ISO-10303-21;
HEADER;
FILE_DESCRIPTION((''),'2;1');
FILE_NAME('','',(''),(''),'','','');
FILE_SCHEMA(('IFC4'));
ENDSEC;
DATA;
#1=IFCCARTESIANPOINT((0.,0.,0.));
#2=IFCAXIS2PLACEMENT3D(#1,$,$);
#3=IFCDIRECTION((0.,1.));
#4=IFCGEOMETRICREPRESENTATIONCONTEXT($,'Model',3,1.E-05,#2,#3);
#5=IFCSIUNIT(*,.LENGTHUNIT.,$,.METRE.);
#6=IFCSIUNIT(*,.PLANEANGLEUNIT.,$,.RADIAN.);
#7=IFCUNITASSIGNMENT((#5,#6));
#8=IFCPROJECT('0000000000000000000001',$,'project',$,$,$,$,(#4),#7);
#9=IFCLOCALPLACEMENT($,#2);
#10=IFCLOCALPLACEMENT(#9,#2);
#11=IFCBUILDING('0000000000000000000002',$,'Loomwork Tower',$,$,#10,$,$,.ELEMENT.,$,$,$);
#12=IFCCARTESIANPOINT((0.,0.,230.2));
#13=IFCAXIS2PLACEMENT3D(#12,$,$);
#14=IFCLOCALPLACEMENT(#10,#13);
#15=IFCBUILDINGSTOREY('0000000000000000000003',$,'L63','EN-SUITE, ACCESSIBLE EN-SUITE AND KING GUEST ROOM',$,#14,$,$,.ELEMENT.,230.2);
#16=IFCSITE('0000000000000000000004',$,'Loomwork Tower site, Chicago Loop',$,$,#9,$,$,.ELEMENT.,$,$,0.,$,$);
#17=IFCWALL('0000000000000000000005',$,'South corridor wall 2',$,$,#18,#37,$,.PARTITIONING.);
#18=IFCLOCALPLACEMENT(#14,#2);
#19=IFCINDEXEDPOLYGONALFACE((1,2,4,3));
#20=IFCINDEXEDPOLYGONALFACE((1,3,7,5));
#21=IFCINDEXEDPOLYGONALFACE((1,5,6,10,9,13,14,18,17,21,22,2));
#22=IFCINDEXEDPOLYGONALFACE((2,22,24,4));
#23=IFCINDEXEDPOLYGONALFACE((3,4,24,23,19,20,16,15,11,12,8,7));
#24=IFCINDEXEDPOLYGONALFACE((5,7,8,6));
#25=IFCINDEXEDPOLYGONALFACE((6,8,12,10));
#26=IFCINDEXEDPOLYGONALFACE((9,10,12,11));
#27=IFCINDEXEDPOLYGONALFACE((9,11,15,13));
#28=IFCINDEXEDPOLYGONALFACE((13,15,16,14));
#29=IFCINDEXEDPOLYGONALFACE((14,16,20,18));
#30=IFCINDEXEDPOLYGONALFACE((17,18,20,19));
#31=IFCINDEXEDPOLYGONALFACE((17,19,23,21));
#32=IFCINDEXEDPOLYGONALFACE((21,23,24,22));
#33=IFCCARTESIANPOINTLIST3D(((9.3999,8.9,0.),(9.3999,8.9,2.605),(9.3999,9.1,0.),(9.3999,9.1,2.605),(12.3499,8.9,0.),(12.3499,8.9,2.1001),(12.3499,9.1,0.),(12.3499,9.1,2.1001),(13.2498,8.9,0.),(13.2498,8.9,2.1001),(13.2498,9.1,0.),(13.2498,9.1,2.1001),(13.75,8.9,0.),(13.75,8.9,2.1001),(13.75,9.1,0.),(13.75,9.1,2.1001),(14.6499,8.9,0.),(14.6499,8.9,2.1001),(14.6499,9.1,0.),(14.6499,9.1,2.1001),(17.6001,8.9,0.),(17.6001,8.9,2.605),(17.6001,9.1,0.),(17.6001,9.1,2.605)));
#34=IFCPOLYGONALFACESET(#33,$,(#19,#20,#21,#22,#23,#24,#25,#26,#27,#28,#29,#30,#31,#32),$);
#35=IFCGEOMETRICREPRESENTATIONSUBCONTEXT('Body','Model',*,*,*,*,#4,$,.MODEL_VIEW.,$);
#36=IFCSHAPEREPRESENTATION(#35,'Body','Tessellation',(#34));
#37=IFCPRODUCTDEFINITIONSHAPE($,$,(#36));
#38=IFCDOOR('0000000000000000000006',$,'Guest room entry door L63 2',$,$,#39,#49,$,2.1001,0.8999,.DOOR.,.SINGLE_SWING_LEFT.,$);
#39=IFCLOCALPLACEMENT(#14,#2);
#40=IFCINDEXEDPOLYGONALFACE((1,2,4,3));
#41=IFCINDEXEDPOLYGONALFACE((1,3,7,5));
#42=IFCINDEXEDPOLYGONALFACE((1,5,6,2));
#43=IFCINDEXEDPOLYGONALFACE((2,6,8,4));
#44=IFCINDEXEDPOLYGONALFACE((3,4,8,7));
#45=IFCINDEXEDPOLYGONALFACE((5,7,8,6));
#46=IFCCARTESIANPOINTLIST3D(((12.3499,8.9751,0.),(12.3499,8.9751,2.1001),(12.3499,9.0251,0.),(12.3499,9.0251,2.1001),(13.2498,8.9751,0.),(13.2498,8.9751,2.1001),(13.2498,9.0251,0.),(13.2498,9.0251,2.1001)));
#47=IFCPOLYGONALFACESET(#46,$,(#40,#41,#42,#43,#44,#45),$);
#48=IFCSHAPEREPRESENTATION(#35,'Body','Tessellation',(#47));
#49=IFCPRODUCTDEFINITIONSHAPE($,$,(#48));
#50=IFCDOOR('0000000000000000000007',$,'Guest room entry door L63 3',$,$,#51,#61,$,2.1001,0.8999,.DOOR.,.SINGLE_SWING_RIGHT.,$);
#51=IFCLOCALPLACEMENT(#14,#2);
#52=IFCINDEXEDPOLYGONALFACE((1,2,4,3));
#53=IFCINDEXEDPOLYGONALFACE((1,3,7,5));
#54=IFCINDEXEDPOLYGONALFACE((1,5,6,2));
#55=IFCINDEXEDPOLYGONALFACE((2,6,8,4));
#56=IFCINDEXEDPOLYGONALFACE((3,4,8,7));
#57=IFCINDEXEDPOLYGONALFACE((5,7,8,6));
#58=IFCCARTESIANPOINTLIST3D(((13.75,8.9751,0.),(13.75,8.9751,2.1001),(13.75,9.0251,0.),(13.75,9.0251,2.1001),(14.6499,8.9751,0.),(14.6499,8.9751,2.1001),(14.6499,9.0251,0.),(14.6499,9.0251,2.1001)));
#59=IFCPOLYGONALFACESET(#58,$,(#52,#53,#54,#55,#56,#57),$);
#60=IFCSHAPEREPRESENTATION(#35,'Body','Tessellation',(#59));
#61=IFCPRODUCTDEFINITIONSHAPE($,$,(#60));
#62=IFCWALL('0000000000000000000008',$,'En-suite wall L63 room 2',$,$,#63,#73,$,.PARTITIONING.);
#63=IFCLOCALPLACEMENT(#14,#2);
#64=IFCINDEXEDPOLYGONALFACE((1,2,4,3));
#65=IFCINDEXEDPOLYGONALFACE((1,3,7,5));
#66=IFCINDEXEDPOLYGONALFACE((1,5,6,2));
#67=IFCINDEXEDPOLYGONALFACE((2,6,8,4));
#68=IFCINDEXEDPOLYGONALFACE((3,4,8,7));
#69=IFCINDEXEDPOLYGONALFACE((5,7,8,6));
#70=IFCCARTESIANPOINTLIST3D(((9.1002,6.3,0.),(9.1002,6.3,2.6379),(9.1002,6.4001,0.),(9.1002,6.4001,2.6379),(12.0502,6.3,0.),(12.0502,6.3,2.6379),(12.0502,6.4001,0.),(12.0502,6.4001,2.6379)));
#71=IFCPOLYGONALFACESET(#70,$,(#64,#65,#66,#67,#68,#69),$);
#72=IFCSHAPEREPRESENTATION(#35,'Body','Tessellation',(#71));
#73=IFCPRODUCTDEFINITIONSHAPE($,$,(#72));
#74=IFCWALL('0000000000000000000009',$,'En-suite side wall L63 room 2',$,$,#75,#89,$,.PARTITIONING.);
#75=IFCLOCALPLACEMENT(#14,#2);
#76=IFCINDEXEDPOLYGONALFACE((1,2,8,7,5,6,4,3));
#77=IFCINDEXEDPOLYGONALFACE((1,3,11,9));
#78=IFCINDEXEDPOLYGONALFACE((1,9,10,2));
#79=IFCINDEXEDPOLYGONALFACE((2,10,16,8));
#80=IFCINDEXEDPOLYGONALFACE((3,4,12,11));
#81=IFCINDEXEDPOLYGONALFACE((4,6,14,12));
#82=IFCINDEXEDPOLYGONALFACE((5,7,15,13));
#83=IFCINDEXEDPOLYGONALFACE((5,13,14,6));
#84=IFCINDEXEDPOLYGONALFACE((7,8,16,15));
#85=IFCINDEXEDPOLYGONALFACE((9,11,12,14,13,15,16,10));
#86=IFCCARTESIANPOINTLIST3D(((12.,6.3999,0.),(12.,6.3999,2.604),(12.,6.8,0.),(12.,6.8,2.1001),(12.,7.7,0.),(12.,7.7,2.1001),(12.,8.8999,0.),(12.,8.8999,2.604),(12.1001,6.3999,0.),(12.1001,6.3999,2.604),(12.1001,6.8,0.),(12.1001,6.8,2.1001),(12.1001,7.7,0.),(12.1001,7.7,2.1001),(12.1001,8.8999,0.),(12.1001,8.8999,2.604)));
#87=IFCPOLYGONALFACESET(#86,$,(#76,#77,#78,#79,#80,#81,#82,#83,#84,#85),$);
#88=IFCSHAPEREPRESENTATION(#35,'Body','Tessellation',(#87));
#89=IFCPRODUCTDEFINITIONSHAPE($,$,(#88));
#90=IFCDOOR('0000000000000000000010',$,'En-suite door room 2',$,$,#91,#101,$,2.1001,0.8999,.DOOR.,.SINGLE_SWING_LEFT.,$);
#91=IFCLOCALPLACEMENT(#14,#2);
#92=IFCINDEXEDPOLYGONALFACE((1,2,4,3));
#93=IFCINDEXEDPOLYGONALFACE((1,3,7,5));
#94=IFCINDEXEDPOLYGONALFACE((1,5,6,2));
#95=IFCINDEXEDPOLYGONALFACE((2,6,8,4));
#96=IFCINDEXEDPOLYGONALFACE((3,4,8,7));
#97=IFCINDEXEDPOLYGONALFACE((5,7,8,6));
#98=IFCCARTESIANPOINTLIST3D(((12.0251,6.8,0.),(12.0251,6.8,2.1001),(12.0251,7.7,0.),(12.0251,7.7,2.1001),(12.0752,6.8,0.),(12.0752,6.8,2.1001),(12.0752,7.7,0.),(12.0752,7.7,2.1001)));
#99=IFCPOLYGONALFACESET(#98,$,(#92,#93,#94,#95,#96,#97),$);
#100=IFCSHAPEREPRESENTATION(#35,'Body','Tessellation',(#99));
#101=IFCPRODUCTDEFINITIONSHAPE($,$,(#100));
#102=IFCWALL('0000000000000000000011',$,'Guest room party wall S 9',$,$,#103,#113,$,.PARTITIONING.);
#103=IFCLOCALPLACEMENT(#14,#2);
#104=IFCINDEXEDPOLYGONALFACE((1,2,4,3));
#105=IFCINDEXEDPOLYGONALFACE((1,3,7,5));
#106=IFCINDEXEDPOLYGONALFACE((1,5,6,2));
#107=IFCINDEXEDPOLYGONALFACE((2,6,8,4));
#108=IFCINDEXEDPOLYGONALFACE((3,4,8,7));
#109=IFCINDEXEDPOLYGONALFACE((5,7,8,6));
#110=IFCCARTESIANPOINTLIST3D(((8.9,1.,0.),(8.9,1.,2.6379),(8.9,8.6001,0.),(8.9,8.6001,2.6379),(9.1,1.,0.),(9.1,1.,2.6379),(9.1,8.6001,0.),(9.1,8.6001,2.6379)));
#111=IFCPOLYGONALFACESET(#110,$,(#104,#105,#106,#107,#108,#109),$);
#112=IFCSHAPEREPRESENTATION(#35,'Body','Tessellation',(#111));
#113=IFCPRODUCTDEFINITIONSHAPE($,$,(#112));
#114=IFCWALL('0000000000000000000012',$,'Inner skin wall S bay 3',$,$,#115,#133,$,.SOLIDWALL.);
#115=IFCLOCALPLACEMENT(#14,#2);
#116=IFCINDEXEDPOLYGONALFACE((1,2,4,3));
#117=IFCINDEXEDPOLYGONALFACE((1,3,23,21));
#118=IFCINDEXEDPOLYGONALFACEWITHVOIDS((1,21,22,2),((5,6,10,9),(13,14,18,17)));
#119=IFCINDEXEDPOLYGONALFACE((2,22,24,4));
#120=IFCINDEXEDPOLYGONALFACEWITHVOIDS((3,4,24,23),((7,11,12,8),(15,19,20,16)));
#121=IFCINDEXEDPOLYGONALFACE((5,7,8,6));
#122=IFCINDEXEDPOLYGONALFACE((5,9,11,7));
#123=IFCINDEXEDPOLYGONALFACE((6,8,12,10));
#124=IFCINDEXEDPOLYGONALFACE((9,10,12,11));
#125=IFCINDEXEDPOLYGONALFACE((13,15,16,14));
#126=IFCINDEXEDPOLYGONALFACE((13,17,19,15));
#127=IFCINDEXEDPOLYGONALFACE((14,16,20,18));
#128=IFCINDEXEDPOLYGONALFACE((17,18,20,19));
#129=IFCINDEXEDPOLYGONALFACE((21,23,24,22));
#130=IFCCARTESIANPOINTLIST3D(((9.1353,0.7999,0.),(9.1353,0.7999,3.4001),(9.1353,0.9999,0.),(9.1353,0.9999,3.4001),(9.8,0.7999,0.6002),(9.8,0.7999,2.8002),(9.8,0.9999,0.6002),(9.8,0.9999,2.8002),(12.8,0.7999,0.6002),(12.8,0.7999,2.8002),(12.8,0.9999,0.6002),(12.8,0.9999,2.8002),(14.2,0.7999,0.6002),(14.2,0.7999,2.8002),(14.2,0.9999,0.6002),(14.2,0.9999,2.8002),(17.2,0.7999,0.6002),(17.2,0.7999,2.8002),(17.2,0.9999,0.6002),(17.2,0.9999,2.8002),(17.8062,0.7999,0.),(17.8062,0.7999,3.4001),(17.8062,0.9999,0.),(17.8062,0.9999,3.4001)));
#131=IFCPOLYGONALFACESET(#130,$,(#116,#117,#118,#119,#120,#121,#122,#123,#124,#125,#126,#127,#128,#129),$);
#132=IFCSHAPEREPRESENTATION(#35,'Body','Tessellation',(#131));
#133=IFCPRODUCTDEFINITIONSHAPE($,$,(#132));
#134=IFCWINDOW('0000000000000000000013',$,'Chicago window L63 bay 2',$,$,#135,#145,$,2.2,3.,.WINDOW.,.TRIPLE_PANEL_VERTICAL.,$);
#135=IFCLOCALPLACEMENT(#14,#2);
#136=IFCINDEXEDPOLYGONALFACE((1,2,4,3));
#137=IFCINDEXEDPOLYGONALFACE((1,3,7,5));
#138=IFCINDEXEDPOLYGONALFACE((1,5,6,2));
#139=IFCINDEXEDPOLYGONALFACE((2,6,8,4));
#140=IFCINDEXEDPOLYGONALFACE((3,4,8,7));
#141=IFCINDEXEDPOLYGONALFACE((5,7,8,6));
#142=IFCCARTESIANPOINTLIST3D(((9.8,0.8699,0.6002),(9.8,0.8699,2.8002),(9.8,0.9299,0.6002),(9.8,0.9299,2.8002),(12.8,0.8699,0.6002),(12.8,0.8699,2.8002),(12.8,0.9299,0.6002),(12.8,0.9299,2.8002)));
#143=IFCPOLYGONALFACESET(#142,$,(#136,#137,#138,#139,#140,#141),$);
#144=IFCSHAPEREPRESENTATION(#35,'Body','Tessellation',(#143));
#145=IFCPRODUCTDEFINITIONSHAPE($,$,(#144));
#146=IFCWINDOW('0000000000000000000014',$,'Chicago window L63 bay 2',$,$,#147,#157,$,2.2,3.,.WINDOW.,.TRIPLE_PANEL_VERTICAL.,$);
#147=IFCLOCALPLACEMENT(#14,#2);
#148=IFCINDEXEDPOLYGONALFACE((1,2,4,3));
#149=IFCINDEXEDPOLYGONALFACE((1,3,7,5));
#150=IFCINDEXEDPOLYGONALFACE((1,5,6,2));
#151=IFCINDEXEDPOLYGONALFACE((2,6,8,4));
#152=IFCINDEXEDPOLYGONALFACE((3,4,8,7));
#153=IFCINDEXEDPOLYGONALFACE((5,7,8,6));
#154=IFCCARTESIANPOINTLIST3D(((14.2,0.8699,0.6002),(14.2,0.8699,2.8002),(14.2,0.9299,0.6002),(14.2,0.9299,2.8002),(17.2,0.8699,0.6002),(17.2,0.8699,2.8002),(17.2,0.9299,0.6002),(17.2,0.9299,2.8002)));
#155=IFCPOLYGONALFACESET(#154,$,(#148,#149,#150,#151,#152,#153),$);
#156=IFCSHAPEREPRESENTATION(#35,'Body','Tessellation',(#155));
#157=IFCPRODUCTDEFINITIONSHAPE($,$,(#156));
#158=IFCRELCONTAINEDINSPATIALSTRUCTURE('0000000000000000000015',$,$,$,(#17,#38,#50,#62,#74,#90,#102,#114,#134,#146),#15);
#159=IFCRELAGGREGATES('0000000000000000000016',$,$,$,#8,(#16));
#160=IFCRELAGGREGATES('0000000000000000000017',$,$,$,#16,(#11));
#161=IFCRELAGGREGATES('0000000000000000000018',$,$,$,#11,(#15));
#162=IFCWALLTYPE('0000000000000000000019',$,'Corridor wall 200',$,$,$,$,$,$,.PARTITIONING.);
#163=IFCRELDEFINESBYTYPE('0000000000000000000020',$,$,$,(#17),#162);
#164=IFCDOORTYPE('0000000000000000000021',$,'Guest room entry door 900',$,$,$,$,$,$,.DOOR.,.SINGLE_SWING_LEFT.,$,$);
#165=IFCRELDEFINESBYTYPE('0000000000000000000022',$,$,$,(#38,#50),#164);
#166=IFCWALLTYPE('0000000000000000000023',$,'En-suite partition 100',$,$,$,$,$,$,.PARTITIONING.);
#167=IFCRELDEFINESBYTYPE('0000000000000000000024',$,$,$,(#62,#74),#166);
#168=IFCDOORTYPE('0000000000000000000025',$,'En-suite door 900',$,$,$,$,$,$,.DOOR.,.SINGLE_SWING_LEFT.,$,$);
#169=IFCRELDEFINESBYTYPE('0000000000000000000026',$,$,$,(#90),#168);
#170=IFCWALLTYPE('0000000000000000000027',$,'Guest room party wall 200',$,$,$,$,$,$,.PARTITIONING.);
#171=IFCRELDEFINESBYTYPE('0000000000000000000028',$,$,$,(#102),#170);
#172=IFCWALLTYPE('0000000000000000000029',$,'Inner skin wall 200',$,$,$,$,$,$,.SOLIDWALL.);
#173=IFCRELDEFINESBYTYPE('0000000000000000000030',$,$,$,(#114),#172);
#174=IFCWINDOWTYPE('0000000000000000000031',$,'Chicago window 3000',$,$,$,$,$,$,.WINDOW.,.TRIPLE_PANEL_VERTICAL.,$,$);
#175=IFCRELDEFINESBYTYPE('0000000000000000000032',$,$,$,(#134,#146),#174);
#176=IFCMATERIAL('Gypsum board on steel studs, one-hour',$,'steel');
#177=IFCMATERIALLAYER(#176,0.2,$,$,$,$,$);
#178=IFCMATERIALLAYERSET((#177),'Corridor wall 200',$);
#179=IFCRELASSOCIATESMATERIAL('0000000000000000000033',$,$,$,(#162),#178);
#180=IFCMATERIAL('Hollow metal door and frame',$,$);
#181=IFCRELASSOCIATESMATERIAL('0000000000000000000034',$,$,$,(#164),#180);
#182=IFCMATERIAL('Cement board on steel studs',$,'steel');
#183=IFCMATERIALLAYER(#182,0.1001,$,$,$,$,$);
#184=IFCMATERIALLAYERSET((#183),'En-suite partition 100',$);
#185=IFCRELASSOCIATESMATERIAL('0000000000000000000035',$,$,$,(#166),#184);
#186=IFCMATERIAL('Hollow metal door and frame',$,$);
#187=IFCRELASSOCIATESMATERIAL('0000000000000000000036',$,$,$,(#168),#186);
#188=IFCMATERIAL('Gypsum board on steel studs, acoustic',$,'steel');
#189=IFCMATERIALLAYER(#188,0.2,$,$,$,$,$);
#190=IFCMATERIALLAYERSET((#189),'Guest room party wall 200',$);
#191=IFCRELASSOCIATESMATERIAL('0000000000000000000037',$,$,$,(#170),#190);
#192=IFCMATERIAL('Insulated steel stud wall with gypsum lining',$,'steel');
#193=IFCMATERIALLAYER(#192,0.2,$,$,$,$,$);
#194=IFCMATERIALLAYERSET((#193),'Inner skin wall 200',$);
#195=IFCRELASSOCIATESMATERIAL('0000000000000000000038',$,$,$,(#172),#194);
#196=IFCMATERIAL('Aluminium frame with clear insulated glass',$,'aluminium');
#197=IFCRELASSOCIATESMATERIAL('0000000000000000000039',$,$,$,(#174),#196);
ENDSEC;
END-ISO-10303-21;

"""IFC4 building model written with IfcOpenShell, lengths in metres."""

from ifc_helpers import new_model, si_unit, direction, frame, frame_2d, origin, place, context, subcontext, project, spatial, rectangle, extrude, material, layer, layer_set, type_object, element, fill, save


model = new_model("IFC4")

# Units and contexts
model_context = context("Model", 3, precision=1e-05, world=origin(), true_north=direction((0.0, 1.0)))
body_context = subcontext(model_context, "Body", "Model", "MODEL_VIEW")
ifc_project = project(units=[si_unit("LENGTHUNIT", "METRE"), si_unit("PLANEANGLEUNIT", "RADIAN")], contexts=[model_context])

# Site, building, storey
site_placement = place(None, origin())
site = spatial("IfcSite", under=ifc_project, at=site_placement, Name="Loomwork Tower site, Chicago Loop", CompositionType="ELEMENT", RefElevation=0.0)
building_placement = place(site_placement, origin())
building = spatial("IfcBuilding", under=site, at=building_placement, Name="Loomwork Tower", CompositionType="ELEMENT")
storey_placement = place(building_placement, frame((0.0, 0.0, 230.2)))
storey = spatial("IfcBuildingStorey", under=building, at=storey_placement, Name="L63", Description="EN-SUITE, ACCESSIBLE EN-SUITE AND KING GUEST ROOM", CompositionType="ELEMENT", Elevation=230.2)

# Wall, openings, doors
ifc_material_1 = material(Name="Gypsum board on steel studs, one-hour", Category="steel")
ifc_layer_1 = layer(ifc_material_1, 0.2)
ifc_layer_set_1 = layer_set([ifc_layer_1], Name="Corridor wall 200")
wall_type_1 = type_object("IfcWallType", Name="Corridor wall 200", PredefinedType="PARTITIONING", material=ifc_layer_set_1)
wall_1_placement = place(storey_placement, frame((9.3999, 9.0, 0.0), z_axis=(0.0, 0.0, 1.0), x_axis=(1.0, 0.0, 0.0)))
wall_1 = element("IfcWall", 1, at=wall_1_placement, inside=storey, type_object=wall_type_1, Name="South corridor wall 2", PredefinedType="PARTITIONING", context=body_context, shape_type="SweptSolid", body=[
    extrude(rectangle(XDim=8.2002, YDim=0.2, at=frame_2d((4.1001, 0.0))), origin(), (0.0, 0.0, 1.0), 2.605),
])
opening_1_placement = place(wall_1_placement, frame((2.95, 0.0, 0.0)))
opening_1 = element("IfcOpeningElement", 2, at=opening_1_placement, cuts=wall_1, PredefinedType="OPENING", context=body_context, shape_type="SweptSolid", body=[
    extrude(rectangle(XDim=0.8999, YDim=2.1001, at=frame_2d((0.45, 1.05))), frame((0.0, 0.1099, 0.0), z_axis=(0.0, -1.0, 0.0), x_axis=(1.0, 0.0, 0.0)), (0.0, 0.0, 1.0), 0.22),
])
opening_2_placement = place(wall_1_placement, frame((4.3501, 0.0, 0.0)))
opening_2 = element("IfcOpeningElement", 3, at=opening_2_placement, cuts=wall_1, PredefinedType="OPENING", context=body_context, shape_type="SweptSolid", body=[
    extrude(rectangle(XDim=0.8999, YDim=2.1001, at=frame_2d((0.45, 1.05))), frame((0.0, 0.1099, 0.0), z_axis=(0.0, -1.0, 0.0), x_axis=(1.0, 0.0, 0.0)), (0.0, 0.0, 1.0), 0.22),
])
ifc_material_2 = material(Name="Hollow metal door and frame")
door_type_1 = type_object("IfcDoorType", Name="Guest room entry door 900", OperationType="SINGLE_SWING_LEFT", PredefinedType="DOOR", material=ifc_material_2)
door_1_placement = place(opening_1_placement, frame((0.8999, 0.0, 0.0), z_axis=(0.0, 0.0, 1.0), x_axis=(-1.0, 0.0, 0.0)))
door_1 = element("IfcDoor", 4, at=door_1_placement, inside=storey, type_object=door_type_1, Name="Guest room entry door L63 2", OperationType="SINGLE_SWING_LEFT", OverallHeight=2.1001, OverallWidth=0.8999, PredefinedType="DOOR", context=body_context, shape_type="SweptSolid", body=[
    extrude(rectangle(XDim=0.8999, YDim=2.1001, at=frame_2d((0.45, 1.05))), frame((0.0, 0.0249, 0.0), z_axis=(0.0, -1.0, 0.0), x_axis=(1.0, 0.0, 0.0)), (0.0, 0.0, 1.0), 0.05),
])
fill(opening_1, door_1)
door_2_placement = place(opening_2_placement, frame((0.8999, 0.0, 0.0), z_axis=(0.0, 0.0, 1.0), x_axis=(-1.0, 0.0, 0.0)))
door_2 = element("IfcDoor", 5, at=door_2_placement, inside=storey, type_object=door_type_1, Name="Guest room entry door L63 3", OperationType="SINGLE_SWING_RIGHT", OverallHeight=2.1001, OverallWidth=0.8999, PredefinedType="DOOR", context=body_context, shape_type="SweptSolid", body=[
    extrude(rectangle(XDim=0.8999, YDim=2.1001, at=frame_2d((0.45, 1.05))), frame((0.0, 0.0249, 0.0), z_axis=(0.0, -1.0, 0.0), x_axis=(1.0, 0.0, 0.0)), (0.0, 0.0, 1.0), 0.05),
])
fill(opening_2, door_2)

# Wall
ifc_material_3 = material(Name="Cement board on steel studs", Category="steel")
ifc_layer_2 = layer(ifc_material_3, 0.1001)
ifc_layer_set_2 = layer_set([ifc_layer_2], Name="En-suite partition 100")
wall_type_2 = type_object("IfcWallType", Name="En-suite partition 100", PredefinedType="PARTITIONING", material=ifc_layer_set_2)
wall_2_placement = place(storey_placement, frame((9.1001, 6.3501, 0.0), z_axis=(0.0, 0.0, 1.0), x_axis=(1.0, 0.0, 0.0)))
element("IfcWall", 6, at=wall_2_placement, inside=storey, type_object=wall_type_2, Name="En-suite wall L63 room 2", PredefinedType="PARTITIONING", context=body_context, shape_type="SweptSolid", body=[
    extrude(rectangle(XDim=2.95, YDim=0.1001, at=frame_2d((1.4751, 0.0))), origin(), (0.0, 0.0, 1.0), 2.6379),
])

# Wall, opening, door
wall_3_placement = place(storey_placement, frame((12.05, 8.8999, 0.0), z_axis=(0.0, 0.0, 1.0), x_axis=(0.0, -1.0, 0.0)))
wall_3 = element("IfcWall", 7, at=wall_3_placement, inside=storey, type_object=wall_type_2, Name="En-suite side wall L63 room 2", PredefinedType="PARTITIONING", context=body_context, shape_type="SweptSolid", body=[
    extrude(rectangle(XDim=2.5, YDim=0.1001, at=frame_2d((1.25, 0.0))), origin(), (0.0, 0.0, 1.0), 2.604),
])
opening_3_placement = place(wall_3_placement, frame((1.2, 0.0, 0.0)))
opening_3 = element("IfcOpeningElement", 8, at=opening_3_placement, cuts=wall_3, PredefinedType="OPENING", context=body_context, shape_type="SweptSolid", body=[
    extrude(rectangle(XDim=0.8999, YDim=2.1001, at=frame_2d((0.45, 1.05))), frame((0.0, 0.0601, 0.0), z_axis=(0.0, -1.0, 0.0), x_axis=(1.0, 0.0, 0.0)), (0.0, 0.0, 1.0), 0.1201),
])
ifc_material_4 = material(Name="Hollow metal door and frame")
door_type_2 = type_object("IfcDoorType", Name="En-suite door 900", OperationType="SINGLE_SWING_LEFT", PredefinedType="DOOR", material=ifc_material_4)
door_3_placement = place(opening_3_placement, frame((0.8999, 0.0, 0.0), z_axis=(0.0, 0.0, 1.0), x_axis=(-1.0, 0.0, 0.0)))
door_3 = element("IfcDoor", 9, at=door_3_placement, inside=storey, type_object=door_type_2, Name="En-suite door room 2", OperationType="SINGLE_SWING_LEFT", OverallHeight=2.1001, OverallWidth=0.8999, PredefinedType="DOOR", context=body_context, shape_type="SweptSolid", body=[
    extrude(rectangle(XDim=0.8999, YDim=2.1001, at=frame_2d((0.45, 1.05))), frame((0.0, 0.0249, 0.0), z_axis=(0.0, -1.0, 0.0), x_axis=(1.0, 0.0, 0.0)), (0.0, 0.0, 1.0), 0.05),
])
fill(opening_3, door_3)

# Wall
ifc_material_5 = material(Name="Gypsum board on steel studs, acoustic", Category="steel")
ifc_layer_3 = layer(ifc_material_5, 0.2)
ifc_layer_set_3 = layer_set([ifc_layer_3], Name="Guest room party wall 200")
wall_type_3 = type_object("IfcWallType", Name="Guest room party wall 200", PredefinedType="PARTITIONING", material=ifc_layer_set_3)
wall_4_placement = place(storey_placement, frame((9.0, 8.6001, 0.0), z_axis=(0.0, 0.0, 1.0), x_axis=(0.0, -1.0, 0.0)))
element("IfcWall", 10, at=wall_4_placement, inside=storey, type_object=wall_type_3, Name="Guest room party wall S 9", PredefinedType="PARTITIONING", context=body_context, shape_type="SweptSolid", body=[
    extrude(rectangle(XDim=7.6001, YDim=0.2, at=frame_2d((3.8, 0.0))), origin(), (0.0, 0.0, 1.0), 2.6379),
])

# Wall, openings, windows
ifc_material_6 = material(Name="Insulated steel stud wall with gypsum lining", Category="steel")
ifc_layer_4 = layer(ifc_material_6, 0.2)
ifc_layer_set_4 = layer_set([ifc_layer_4], Name="Inner skin wall 200")
wall_type_4 = type_object("IfcWallType", Name="Inner skin wall 200", PredefinedType="SOLIDWALL", material=ifc_layer_set_4)
wall_5_placement = place(storey_placement, frame((9.1353, 0.8999, 0.0), z_axis=(0.0, 0.0, 1.0), x_axis=(1.0, 0.0, 0.0)))
wall_5 = element("IfcWall", 11, at=wall_5_placement, inside=storey, type_object=wall_type_4, Name="Inner skin wall S bay 3", PredefinedType="SOLIDWALL", context=body_context, shape_type="SweptSolid", body=[
    extrude(rectangle(XDim=8.6709, YDim=0.2, at=frame_2d((4.3354, 0.0))), origin(), (0.0, 0.0, 1.0), 3.4001),
])
opening_4_placement = place(wall_5_placement, frame((0.6648, 0.0, 0.6001)))
opening_4 = element("IfcOpeningElement", 12, at=opening_4_placement, cuts=wall_5, PredefinedType="OPENING", context=body_context, shape_type="SweptSolid", body=[
    extrude(rectangle(XDim=3.0, YDim=2.2, at=frame_2d((1.5, 1.1001))), frame((0.0, 0.1099, 0.0), z_axis=(0.0, -1.0, 0.0), x_axis=(1.0, 0.0, 0.0)), (0.0, 0.0, 1.0), 0.22),
])
opening_5_placement = place(wall_5_placement, frame((5.0647, 0.0, 0.6001)))
opening_5 = element("IfcOpeningElement", 13, at=opening_5_placement, cuts=wall_5, PredefinedType="OPENING", context=body_context, shape_type="SweptSolid", body=[
    extrude(rectangle(XDim=3.0, YDim=2.2, at=frame_2d((1.5, 1.1001))), frame((0.0, 0.1099, 0.0), z_axis=(0.0, -1.0, 0.0), x_axis=(1.0, 0.0, 0.0)), (0.0, 0.0, 1.0), 0.22),
])
ifc_material_7 = material(Name="Aluminium frame with clear insulated glass", Category="aluminium")
window_type = type_object("IfcWindowType", Name="Chicago window 3000", PartitioningType="TRIPLE_PANEL_VERTICAL", PredefinedType="WINDOW", material=ifc_material_7)
window_1_placement = place(opening_4_placement, origin())
window_1 = element("IfcWindow", 14, at=window_1_placement, inside=storey, type_object=window_type, Name="Chicago window L63 bay 2", OverallHeight=2.2, OverallWidth=3.0, PartitioningType="TRIPLE_PANEL_VERTICAL", PredefinedType="WINDOW", context=body_context, shape_type="SweptSolid", body=[
    extrude(rectangle(XDim=3.0, YDim=2.2, at=frame_2d((1.5, 1.1001))), frame((0.0, 0.03, 0.0), z_axis=(0.0, -1.0, 0.0), x_axis=(1.0, 0.0, 0.0)), (0.0, 0.0, 1.0), 0.0601),
])
fill(opening_4, window_1)
window_2_placement = place(opening_5_placement, origin())
window_2 = element("IfcWindow", 15, at=window_2_placement, inside=storey, type_object=window_type, Name="Chicago window L63 bay 2", OverallHeight=2.2, OverallWidth=3.0, PartitioningType="TRIPLE_PANEL_VERTICAL", PredefinedType="WINDOW", context=body_context, shape_type="SweptSolid", body=[
    extrude(rectangle(XDim=3.0, YDim=2.2, at=frame_2d((1.5, 1.1001))), frame((0.0, 0.03, 0.0), z_axis=(0.0, -1.0, 0.0), x_axis=(1.0, 0.0, 0.0)), (0.0, 0.0, 1.0), 0.0601),
])
fill(opening_5, window_2)

save(model, "model.ifc")
